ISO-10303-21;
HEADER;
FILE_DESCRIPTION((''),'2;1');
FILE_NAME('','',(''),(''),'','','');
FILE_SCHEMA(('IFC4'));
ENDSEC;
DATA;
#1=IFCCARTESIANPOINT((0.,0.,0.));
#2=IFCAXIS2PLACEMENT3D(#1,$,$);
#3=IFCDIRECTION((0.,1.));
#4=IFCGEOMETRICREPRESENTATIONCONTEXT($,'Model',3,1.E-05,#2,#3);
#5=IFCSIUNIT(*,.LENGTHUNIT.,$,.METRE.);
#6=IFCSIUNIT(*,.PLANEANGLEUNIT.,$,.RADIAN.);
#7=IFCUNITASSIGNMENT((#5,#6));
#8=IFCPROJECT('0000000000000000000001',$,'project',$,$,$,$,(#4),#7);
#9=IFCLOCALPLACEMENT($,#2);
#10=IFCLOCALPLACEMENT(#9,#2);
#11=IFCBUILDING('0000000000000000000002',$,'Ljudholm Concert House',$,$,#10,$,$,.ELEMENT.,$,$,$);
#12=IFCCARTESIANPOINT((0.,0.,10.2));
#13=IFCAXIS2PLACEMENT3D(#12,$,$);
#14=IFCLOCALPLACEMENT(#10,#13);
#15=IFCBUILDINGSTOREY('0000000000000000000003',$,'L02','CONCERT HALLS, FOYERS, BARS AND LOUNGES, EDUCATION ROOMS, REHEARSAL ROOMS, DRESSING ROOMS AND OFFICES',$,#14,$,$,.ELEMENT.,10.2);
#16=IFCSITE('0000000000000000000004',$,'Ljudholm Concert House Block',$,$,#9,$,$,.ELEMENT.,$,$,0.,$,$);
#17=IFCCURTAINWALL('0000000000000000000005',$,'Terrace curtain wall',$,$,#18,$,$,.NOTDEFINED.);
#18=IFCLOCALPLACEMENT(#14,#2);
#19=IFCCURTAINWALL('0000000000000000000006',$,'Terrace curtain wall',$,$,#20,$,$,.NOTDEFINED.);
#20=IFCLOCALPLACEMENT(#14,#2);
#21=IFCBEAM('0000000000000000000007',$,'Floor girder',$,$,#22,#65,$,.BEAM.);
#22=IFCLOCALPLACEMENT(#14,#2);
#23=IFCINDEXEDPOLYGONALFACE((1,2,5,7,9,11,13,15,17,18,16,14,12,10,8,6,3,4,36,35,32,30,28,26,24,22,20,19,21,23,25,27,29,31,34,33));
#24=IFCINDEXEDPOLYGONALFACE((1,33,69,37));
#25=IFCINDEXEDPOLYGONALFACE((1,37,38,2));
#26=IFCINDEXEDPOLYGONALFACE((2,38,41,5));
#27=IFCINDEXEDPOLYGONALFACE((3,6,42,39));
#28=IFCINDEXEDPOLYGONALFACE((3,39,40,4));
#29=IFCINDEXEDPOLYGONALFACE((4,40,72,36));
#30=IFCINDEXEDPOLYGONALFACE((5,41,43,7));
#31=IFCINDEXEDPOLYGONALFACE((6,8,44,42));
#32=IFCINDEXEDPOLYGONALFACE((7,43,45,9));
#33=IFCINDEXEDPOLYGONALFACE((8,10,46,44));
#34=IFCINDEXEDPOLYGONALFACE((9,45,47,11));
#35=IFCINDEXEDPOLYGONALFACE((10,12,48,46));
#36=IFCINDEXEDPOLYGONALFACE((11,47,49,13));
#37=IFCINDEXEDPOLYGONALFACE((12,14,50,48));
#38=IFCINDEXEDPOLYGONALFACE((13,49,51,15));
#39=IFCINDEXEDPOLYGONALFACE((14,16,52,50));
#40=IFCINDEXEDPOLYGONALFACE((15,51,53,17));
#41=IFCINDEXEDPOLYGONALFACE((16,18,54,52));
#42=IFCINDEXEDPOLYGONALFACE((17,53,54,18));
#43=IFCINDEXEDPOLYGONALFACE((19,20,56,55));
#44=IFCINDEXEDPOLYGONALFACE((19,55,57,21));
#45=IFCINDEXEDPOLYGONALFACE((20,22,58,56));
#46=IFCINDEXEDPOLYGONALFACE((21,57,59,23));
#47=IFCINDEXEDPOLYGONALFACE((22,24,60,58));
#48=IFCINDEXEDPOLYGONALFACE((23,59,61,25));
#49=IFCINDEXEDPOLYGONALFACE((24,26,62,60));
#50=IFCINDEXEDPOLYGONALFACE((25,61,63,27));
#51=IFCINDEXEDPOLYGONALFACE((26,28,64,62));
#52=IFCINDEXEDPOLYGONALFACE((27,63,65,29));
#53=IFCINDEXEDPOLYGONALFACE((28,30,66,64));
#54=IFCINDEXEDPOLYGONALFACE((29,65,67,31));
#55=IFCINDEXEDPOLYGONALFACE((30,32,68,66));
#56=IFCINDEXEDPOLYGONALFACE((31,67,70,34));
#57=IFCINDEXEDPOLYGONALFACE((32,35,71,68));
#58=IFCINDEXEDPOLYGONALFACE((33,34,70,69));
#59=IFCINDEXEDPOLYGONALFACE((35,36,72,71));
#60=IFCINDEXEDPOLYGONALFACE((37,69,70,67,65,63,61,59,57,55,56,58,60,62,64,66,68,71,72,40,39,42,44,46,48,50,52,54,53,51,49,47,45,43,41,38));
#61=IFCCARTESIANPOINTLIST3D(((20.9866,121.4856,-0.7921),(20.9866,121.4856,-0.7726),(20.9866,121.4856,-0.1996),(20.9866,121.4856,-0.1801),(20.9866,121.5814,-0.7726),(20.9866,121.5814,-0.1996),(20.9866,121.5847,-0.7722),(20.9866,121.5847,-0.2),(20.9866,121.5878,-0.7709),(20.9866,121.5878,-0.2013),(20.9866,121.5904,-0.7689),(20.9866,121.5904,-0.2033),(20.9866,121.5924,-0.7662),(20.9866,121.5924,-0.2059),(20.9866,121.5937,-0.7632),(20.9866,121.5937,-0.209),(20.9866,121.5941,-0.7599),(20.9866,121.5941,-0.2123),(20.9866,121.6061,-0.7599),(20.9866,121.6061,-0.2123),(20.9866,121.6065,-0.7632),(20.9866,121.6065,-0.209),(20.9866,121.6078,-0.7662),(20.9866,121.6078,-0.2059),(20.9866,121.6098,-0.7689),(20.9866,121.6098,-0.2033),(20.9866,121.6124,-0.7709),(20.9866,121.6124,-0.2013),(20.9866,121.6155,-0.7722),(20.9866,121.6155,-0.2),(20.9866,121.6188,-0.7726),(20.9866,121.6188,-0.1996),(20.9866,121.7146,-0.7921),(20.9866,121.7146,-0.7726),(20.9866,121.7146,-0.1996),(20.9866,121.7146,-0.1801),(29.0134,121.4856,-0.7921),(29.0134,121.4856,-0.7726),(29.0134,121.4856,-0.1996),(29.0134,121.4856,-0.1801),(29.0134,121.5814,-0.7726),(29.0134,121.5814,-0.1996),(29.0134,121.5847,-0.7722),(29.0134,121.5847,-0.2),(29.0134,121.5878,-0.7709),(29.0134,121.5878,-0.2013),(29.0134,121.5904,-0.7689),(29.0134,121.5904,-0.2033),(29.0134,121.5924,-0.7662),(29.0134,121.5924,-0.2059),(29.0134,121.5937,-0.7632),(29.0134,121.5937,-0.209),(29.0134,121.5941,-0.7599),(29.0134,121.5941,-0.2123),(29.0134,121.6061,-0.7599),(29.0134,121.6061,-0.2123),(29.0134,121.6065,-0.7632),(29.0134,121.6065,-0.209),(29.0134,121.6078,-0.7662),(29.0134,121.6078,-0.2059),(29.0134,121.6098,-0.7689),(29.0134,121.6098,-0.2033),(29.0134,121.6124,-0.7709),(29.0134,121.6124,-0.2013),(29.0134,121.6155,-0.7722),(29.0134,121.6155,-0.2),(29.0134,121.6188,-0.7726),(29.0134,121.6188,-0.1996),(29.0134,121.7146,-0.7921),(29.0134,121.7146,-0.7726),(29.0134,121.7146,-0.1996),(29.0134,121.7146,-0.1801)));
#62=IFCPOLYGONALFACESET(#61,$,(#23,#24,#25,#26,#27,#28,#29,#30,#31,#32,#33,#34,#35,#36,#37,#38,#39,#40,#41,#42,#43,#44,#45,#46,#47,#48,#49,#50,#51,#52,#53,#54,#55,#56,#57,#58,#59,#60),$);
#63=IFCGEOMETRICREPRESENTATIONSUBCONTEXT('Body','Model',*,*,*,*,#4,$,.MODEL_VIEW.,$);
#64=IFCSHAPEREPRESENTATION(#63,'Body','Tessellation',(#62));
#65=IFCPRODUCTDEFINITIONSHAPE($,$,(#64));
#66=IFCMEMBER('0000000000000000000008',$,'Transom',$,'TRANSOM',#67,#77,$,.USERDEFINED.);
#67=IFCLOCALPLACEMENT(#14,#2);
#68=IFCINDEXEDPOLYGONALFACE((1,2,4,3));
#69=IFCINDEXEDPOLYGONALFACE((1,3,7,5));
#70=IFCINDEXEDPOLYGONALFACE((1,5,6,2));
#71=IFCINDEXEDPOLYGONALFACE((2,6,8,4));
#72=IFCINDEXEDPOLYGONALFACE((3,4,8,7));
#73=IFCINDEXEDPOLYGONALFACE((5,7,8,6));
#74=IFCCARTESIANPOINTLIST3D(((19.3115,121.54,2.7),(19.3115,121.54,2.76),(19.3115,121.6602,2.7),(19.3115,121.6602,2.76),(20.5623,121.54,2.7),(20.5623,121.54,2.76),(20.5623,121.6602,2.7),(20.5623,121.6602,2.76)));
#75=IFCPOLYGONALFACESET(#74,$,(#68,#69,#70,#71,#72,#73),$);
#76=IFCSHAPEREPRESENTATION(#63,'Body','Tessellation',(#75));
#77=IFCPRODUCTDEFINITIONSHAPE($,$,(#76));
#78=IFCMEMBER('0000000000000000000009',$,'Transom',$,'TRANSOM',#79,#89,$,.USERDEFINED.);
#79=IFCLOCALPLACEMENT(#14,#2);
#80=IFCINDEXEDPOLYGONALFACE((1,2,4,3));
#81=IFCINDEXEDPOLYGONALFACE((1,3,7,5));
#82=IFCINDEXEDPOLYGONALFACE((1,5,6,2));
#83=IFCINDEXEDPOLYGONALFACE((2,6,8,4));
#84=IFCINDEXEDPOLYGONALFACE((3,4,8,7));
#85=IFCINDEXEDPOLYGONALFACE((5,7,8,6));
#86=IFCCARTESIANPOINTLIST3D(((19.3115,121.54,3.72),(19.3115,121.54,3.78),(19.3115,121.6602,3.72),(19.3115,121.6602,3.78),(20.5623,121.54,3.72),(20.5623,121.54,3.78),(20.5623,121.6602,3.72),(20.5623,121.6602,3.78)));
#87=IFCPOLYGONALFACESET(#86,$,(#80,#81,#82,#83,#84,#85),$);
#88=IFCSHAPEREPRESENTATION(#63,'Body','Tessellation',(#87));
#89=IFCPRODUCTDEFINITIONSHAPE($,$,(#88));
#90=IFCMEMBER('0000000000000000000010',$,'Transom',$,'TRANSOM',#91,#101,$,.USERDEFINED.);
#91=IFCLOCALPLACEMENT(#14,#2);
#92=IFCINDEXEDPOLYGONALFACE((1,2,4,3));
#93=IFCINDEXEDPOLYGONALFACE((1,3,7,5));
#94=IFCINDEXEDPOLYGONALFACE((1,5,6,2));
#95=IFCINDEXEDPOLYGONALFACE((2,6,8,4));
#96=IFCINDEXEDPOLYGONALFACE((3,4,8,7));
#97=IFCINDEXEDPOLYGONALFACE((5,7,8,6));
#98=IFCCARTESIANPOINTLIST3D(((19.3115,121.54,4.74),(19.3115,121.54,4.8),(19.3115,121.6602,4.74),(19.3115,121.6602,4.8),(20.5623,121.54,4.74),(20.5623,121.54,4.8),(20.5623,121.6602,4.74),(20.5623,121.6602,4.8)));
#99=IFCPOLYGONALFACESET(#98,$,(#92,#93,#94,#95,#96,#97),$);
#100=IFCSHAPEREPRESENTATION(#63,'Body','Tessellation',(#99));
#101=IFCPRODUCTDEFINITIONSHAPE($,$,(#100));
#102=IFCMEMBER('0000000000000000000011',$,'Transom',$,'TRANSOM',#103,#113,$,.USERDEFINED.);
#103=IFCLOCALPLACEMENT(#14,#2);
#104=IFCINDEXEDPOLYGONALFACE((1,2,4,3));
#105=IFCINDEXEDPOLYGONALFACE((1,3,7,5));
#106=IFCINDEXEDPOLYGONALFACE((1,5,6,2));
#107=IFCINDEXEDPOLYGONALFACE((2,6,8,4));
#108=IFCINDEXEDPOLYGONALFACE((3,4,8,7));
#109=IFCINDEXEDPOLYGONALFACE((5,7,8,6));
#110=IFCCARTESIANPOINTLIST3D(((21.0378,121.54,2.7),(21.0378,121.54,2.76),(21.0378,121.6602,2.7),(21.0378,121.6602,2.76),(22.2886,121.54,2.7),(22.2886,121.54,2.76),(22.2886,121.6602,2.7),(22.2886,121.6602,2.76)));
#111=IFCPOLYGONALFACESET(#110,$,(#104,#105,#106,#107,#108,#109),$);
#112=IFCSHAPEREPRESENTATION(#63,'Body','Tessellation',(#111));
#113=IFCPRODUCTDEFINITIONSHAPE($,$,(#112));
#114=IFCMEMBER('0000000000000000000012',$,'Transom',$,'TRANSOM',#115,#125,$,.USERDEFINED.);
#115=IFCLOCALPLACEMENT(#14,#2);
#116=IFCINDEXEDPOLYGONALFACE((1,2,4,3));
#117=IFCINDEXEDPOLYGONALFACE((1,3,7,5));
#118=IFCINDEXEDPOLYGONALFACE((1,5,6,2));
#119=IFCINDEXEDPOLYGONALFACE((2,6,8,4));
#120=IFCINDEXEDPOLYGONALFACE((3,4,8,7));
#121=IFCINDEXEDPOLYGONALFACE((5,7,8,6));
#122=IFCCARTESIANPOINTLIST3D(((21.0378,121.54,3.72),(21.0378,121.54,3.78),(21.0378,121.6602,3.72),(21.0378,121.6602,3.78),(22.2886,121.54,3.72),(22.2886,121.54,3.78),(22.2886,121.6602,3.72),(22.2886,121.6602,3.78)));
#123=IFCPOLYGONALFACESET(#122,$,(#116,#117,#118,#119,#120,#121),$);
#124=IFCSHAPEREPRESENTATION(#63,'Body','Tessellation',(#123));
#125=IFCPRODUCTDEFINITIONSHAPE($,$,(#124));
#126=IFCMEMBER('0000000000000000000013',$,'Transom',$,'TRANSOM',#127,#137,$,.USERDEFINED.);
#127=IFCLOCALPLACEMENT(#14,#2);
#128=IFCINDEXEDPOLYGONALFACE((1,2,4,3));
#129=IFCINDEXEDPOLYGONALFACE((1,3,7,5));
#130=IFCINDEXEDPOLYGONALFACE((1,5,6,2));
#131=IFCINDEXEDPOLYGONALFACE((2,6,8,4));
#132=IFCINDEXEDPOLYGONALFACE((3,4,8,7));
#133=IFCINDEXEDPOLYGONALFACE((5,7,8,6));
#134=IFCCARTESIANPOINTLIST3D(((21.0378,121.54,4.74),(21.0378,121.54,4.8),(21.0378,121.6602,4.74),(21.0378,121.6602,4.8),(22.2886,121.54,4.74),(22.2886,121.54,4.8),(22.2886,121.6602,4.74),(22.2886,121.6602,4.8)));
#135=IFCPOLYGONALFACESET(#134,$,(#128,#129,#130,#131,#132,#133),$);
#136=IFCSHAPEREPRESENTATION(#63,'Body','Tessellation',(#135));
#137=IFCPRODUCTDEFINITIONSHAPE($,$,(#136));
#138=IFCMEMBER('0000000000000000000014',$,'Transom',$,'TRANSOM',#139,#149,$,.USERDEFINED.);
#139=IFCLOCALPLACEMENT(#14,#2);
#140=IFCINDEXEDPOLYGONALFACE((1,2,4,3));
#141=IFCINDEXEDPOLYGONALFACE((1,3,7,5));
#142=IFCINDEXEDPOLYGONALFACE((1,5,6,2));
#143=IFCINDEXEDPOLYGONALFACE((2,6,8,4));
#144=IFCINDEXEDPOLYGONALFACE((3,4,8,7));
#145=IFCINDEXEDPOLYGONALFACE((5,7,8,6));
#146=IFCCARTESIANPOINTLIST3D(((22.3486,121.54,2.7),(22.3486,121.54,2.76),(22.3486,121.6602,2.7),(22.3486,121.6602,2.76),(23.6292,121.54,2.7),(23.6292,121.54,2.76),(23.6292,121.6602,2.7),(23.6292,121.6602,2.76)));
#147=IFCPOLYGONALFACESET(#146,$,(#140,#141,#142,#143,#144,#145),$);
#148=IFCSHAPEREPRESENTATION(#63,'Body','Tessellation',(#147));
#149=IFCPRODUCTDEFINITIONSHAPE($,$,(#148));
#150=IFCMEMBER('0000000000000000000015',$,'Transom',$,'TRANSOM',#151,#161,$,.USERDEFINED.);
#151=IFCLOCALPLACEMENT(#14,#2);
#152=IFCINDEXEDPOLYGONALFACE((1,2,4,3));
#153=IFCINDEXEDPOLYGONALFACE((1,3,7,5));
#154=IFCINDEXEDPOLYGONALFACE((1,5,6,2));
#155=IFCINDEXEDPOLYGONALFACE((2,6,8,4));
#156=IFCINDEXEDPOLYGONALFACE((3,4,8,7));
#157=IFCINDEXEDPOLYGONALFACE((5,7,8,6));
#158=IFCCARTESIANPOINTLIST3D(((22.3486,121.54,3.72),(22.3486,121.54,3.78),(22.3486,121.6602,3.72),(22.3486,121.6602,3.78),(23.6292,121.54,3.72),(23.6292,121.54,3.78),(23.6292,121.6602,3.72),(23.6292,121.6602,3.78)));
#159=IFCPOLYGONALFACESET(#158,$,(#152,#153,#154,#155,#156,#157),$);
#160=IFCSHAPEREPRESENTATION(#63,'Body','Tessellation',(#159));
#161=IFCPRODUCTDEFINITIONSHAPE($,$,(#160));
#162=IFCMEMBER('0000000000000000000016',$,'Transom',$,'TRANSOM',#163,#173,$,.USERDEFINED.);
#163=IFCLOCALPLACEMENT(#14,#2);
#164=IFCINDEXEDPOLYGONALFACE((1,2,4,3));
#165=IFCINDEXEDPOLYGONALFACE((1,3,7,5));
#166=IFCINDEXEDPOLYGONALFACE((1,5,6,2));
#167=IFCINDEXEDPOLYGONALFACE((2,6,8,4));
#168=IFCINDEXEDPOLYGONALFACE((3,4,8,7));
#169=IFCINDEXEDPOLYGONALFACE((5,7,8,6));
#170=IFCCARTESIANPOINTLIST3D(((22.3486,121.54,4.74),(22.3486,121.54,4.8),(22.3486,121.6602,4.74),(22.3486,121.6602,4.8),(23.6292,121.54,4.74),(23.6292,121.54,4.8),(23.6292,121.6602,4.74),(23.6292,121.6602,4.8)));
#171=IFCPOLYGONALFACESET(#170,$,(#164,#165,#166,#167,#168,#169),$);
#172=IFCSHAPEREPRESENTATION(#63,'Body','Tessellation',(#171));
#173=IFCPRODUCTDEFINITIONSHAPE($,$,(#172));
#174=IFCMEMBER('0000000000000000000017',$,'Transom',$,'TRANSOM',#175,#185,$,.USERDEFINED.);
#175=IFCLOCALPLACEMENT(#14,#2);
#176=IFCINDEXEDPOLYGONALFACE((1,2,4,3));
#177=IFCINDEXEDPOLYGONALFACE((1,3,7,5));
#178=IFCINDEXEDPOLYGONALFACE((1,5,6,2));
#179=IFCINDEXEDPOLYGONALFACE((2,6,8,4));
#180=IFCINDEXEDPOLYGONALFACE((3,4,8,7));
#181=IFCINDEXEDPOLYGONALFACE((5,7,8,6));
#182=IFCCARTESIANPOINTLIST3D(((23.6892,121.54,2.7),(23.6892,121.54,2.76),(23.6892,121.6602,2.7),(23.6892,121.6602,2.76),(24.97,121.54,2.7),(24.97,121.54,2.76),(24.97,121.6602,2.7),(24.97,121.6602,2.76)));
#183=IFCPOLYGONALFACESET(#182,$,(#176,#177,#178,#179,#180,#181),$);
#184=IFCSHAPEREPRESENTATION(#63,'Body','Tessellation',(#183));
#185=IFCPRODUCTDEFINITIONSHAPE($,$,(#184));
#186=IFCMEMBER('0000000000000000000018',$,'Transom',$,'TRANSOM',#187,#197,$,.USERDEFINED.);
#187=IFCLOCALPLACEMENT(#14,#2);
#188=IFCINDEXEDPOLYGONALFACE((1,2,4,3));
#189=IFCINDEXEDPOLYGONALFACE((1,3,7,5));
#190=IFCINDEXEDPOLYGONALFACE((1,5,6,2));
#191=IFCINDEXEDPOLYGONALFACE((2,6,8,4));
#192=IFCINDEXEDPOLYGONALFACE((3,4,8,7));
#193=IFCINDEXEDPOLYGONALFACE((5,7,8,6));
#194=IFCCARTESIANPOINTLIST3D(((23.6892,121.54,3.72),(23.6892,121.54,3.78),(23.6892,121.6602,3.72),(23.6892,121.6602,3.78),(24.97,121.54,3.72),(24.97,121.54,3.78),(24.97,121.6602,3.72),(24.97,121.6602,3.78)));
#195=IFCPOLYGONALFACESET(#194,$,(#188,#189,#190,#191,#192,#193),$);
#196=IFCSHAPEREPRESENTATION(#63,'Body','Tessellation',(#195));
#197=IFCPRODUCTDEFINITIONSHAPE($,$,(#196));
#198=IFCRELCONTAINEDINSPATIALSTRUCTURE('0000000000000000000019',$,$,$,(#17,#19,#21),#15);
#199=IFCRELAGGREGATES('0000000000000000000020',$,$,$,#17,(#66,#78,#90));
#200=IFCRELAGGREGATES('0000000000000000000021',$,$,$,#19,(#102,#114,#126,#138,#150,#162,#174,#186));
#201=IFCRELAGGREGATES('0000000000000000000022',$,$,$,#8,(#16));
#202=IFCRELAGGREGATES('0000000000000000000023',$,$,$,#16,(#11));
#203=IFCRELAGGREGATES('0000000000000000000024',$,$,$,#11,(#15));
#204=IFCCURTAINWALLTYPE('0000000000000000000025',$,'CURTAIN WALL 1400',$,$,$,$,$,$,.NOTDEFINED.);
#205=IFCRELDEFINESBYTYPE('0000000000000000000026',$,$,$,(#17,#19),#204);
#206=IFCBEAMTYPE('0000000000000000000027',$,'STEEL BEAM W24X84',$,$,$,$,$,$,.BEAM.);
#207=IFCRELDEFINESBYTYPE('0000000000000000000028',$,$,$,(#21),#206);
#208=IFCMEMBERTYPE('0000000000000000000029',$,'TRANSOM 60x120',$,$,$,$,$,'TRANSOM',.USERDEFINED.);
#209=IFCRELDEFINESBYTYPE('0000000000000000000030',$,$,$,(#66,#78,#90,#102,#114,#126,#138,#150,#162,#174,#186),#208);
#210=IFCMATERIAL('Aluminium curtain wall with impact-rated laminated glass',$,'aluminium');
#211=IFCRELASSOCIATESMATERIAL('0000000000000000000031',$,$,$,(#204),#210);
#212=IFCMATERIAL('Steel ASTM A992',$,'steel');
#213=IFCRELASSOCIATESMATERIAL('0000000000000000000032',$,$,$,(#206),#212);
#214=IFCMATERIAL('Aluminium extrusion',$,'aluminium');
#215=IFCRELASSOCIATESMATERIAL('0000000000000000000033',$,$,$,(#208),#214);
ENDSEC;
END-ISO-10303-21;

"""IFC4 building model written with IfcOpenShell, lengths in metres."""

from ifc_helpers import new_model, si_unit, direction, frame, origin, origin_2d, place, context, subcontext, project, spatial, rectangle, i_section, extrude, material, material_profile, profile_set, type_object, element, aggregate, save


model = new_model("IFC4")

# Units and contexts
model_context = context("Model", 3, precision=1e-05, world=origin(), true_north=direction((0.0, 1.0)))
body_context = subcontext(model_context, "Body", "Model", "MODEL_VIEW")
ifc_project = project(units=[si_unit("LENGTHUNIT", "METRE"), si_unit("PLANEANGLEUNIT", "RADIAN")], contexts=[model_context])

# Site, building, storey
site_placement = place(None, origin())
site = spatial("IfcSite", under=ifc_project, at=site_placement, Name="Ljudholm Concert House Block", CompositionType="ELEMENT", RefElevation=0.0)
building_placement = place(site_placement, origin())
building = spatial("IfcBuilding", under=site, at=building_placement, Name="Ljudholm Concert House", CompositionType="ELEMENT")
storey_placement = place(building_placement, frame((0.0, 0.0, 10.2)))
storey = spatial("IfcBuildingStorey", under=building, at=storey_placement, Name="L02", Description="CONCERT HALLS, FOYERS, BARS AND LOUNGES, EDUCATION ROOMS, REHEARSAL ROOMS, DRESSING ROOMS AND OFFICES", CompositionType="ELEMENT", Elevation=10.2)

# Curtain wall
ifc_material_1 = material(Name="Aluminium curtain wall with impact-rated laminated glass", Category="aluminium")
curtain_wall_type = type_object("IfcCurtainWallType", Name="CURTAIN WALL 1400", PredefinedType="NOTDEFINED", material=ifc_material_1)
curtain_wall_1_placement = place(storey_placement, origin())
curtain_wall_1 = element("IfcCurtainWall", 1, at=curtain_wall_1_placement, inside=storey, type_object=curtain_wall_type, Name="Terrace curtain wall", PredefinedType="NOTDEFINED")

# Curtain wall
curtain_wall_2_placement = place(storey_placement, origin())
curtain_wall_2 = element("IfcCurtainWall", 2, at=curtain_wall_2_placement, inside=storey, type_object=curtain_wall_type, Name="Terrace curtain wall", PredefinedType="NOTDEFINED")

# Beam
ifc_material_2 = material(Name="Steel ASTM A992", Category="steel")
ifc_material_profile_1 = material_profile(ifc_material_2, i_section(OverallWidth=0.229, OverallDepth=0.6121, WebThickness=0.012, FlangeThickness=0.0195, FilletRadius=0.0127, at=origin_2d()), Name="W24X84")
ifc_profile_set_1 = profile_set([ifc_material_profile_1], Name="Steel ASTM A992")
beam_type_1 = type_object("IfcBeamType", Name="STEEL BEAM W24X84", PredefinedType="BEAM", material=ifc_profile_set_1)
beam_1_placement = place(storey_placement, frame((20.9866, 121.6001, -0.4861), z_axis=(1.0, 0.0, 0.0), x_axis=(0.0, 1.0, 0.0)))
element("IfcBeam", 3, at=beam_1_placement, inside=storey, type_object=beam_type_1, Name="Floor girder", PredefinedType="BEAM", context=body_context, shape_type="SweptSolid", body=[
    extrude(i_section(OverallWidth=0.229, OverallDepth=0.6121, WebThickness=0.012, FlangeThickness=0.0195, FilletRadius=0.0127, at=origin_2d()), origin(), (0.0, 0.0, 1.0), 8.0269),
])

# Members
ifc_material_3 = material(Name="Aluminium extrusion", Category="aluminium")
ifc_material_profile_2 = material_profile(ifc_material_3, rectangle(XDim=0.1201, YDim=0.0601, at=origin_2d()), Name="TRANSOM 60x120")
ifc_profile_set_2 = profile_set([ifc_material_profile_2], Name="Aluminium extrusion")
member_type_1 = type_object("IfcMemberType", Name="TRANSOM 60x120", ElementType="TRANSOM", PredefinedType="USERDEFINED", material=ifc_profile_set_2)
member_1_placement = place(storey_placement, frame((19.3115, 121.6001, 2.73), z_axis=(1.0, 0.0, 0.0), x_axis=(0.0, 1.0, 0.0)))
member_1 = element("IfcMember", 4, at=member_1_placement, type_object=member_type_1, Name="Transom", ObjectType="TRANSOM", PredefinedType="USERDEFINED", context=body_context, shape_type="SweptSolid", body=[
    extrude(rectangle(XDim=0.1201, YDim=0.0601, at=origin_2d()), origin(), (0.0, 0.0, 1.0), 1.2507),
])
member_2_placement = place(storey_placement, frame((19.3115, 121.6001, 3.75), z_axis=(1.0, 0.0, 0.0), x_axis=(0.0, 1.0, 0.0)))
member_2 = element("IfcMember", 5, at=member_2_placement, type_object=member_type_1, Name="Transom", ObjectType="TRANSOM", PredefinedType="USERDEFINED", context=body_context, shape_type="SweptSolid", body=[
    extrude(rectangle(XDim=0.1201, YDim=0.0601, at=origin_2d()), origin(), (0.0, 0.0, 1.0), 1.2507),
])
member_3_placement = place(storey_placement, frame((19.3115, 121.6001, 4.77), z_axis=(1.0, 0.0, 0.0), x_axis=(0.0, 1.0, 0.0)))
member_3 = element("IfcMember", 6, at=member_3_placement, type_object=member_type_1, Name="Transom", ObjectType="TRANSOM", PredefinedType="USERDEFINED", context=body_context, shape_type="SweptSolid", body=[
    extrude(rectangle(XDim=0.1201, YDim=0.0601, at=origin_2d()), origin(), (0.0, 0.0, 1.0), 1.2507),
])
member_4_placement = place(storey_placement, frame((21.0378, 121.6001, 2.73), z_axis=(1.0, 0.0, 0.0), x_axis=(0.0, 1.0, 0.0)))
member_4 = element("IfcMember", 7, at=member_4_placement, type_object=member_type_1, Name="Transom", ObjectType="TRANSOM", PredefinedType="USERDEFINED", context=body_context, shape_type="SweptSolid", body=[
    extrude(rectangle(XDim=0.1201, YDim=0.0601, at=origin_2d()), origin(), (0.0, 0.0, 1.0), 1.2507),
])
member_5_placement = place(storey_placement, frame((21.0378, 121.6001, 3.75), z_axis=(1.0, 0.0, 0.0), x_axis=(0.0, 1.0, 0.0)))
member_5 = element("IfcMember", 8, at=member_5_placement, type_object=member_type_1, Name="Transom", ObjectType="TRANSOM", PredefinedType="USERDEFINED", context=body_context, shape_type="SweptSolid", body=[
    extrude(rectangle(XDim=0.1201, YDim=0.0601, at=origin_2d()), origin(), (0.0, 0.0, 1.0), 1.2507),
])
member_6_placement = place(storey_placement, frame((21.0378, 121.6001, 4.77), z_axis=(1.0, 0.0, 0.0), x_axis=(0.0, 1.0, 0.0)))
member_6 = element("IfcMember", 9, at=member_6_placement, type_object=member_type_1, Name="Transom", ObjectType="TRANSOM", PredefinedType="USERDEFINED", context=body_context, shape_type="SweptSolid", body=[
    extrude(rectangle(XDim=0.1201, YDim=0.0601, at=origin_2d()), origin(), (0.0, 0.0, 1.0), 1.2507),
])
member_7_placement = place(storey_placement, frame((22.3486, 121.6001, 2.73), z_axis=(1.0, 0.0, 0.0), x_axis=(0.0, 1.0, 0.0)))
member_7 = element("IfcMember", 10, at=member_7_placement, type_object=member_type_1, Name="Transom", ObjectType="TRANSOM", PredefinedType="USERDEFINED", context=body_context, shape_type="SweptSolid", body=[
    extrude(rectangle(XDim=0.1201, YDim=0.0601, at=origin_2d()), origin(), (0.0, 0.0, 1.0), 1.2805),
])
member_8_placement = place(storey_placement, frame((22.3486, 121.6001, 3.75), z_axis=(1.0, 0.0, 0.0), x_axis=(0.0, 1.0, 0.0)))
member_8 = element("IfcMember", 11, at=member_8_placement, type_object=member_type_1, Name="Transom", ObjectType="TRANSOM", PredefinedType="USERDEFINED", context=body_context, shape_type="SweptSolid", body=[
    extrude(rectangle(XDim=0.1201, YDim=0.0601, at=origin_2d()), origin(), (0.0, 0.0, 1.0), 1.2805),
])
member_9_placement = place(storey_placement, frame((22.3486, 121.6001, 4.77), z_axis=(1.0, 0.0, 0.0), x_axis=(0.0, 1.0, 0.0)))
member_9 = element("IfcMember", 12, at=member_9_placement, type_object=member_type_1, Name="Transom", ObjectType="TRANSOM", PredefinedType="USERDEFINED", context=body_context, shape_type="SweptSolid", body=[
    extrude(rectangle(XDim=0.1201, YDim=0.0601, at=origin_2d()), origin(), (0.0, 0.0, 1.0), 1.2805),
])
member_10_placement = place(storey_placement, frame((23.6892, 121.6001, 2.73), z_axis=(1.0, 0.0, 0.0), x_axis=(0.0, 1.0, 0.0)))
member_10 = element("IfcMember", 13, at=member_10_placement, type_object=member_type_1, Name="Transom", ObjectType="TRANSOM", PredefinedType="USERDEFINED", context=body_context, shape_type="SweptSolid", body=[
    extrude(rectangle(XDim=0.1201, YDim=0.0601, at=origin_2d()), origin(), (0.0, 0.0, 1.0), 1.2808),
])
member_11_placement = place(storey_placement, frame((23.6892, 121.6001, 3.75), z_axis=(1.0, 0.0, 0.0), x_axis=(0.0, 1.0, 0.0)))
member_11 = element("IfcMember", 14, at=member_11_placement, type_object=member_type_1, Name="Transom", ObjectType="TRANSOM", PredefinedType="USERDEFINED", context=body_context, shape_type="SweptSolid", body=[
    extrude(rectangle(XDim=0.1201, YDim=0.0601, at=origin_2d()), origin(), (0.0, 0.0, 1.0), 1.2808),
])

aggregate(curtain_wall_1, [member_1, member_2, member_3])
aggregate(curtain_wall_2, [member_4, member_5, member_6, member_7, member_8, member_9, member_10, member_11])

save(model, "model.ifc")
